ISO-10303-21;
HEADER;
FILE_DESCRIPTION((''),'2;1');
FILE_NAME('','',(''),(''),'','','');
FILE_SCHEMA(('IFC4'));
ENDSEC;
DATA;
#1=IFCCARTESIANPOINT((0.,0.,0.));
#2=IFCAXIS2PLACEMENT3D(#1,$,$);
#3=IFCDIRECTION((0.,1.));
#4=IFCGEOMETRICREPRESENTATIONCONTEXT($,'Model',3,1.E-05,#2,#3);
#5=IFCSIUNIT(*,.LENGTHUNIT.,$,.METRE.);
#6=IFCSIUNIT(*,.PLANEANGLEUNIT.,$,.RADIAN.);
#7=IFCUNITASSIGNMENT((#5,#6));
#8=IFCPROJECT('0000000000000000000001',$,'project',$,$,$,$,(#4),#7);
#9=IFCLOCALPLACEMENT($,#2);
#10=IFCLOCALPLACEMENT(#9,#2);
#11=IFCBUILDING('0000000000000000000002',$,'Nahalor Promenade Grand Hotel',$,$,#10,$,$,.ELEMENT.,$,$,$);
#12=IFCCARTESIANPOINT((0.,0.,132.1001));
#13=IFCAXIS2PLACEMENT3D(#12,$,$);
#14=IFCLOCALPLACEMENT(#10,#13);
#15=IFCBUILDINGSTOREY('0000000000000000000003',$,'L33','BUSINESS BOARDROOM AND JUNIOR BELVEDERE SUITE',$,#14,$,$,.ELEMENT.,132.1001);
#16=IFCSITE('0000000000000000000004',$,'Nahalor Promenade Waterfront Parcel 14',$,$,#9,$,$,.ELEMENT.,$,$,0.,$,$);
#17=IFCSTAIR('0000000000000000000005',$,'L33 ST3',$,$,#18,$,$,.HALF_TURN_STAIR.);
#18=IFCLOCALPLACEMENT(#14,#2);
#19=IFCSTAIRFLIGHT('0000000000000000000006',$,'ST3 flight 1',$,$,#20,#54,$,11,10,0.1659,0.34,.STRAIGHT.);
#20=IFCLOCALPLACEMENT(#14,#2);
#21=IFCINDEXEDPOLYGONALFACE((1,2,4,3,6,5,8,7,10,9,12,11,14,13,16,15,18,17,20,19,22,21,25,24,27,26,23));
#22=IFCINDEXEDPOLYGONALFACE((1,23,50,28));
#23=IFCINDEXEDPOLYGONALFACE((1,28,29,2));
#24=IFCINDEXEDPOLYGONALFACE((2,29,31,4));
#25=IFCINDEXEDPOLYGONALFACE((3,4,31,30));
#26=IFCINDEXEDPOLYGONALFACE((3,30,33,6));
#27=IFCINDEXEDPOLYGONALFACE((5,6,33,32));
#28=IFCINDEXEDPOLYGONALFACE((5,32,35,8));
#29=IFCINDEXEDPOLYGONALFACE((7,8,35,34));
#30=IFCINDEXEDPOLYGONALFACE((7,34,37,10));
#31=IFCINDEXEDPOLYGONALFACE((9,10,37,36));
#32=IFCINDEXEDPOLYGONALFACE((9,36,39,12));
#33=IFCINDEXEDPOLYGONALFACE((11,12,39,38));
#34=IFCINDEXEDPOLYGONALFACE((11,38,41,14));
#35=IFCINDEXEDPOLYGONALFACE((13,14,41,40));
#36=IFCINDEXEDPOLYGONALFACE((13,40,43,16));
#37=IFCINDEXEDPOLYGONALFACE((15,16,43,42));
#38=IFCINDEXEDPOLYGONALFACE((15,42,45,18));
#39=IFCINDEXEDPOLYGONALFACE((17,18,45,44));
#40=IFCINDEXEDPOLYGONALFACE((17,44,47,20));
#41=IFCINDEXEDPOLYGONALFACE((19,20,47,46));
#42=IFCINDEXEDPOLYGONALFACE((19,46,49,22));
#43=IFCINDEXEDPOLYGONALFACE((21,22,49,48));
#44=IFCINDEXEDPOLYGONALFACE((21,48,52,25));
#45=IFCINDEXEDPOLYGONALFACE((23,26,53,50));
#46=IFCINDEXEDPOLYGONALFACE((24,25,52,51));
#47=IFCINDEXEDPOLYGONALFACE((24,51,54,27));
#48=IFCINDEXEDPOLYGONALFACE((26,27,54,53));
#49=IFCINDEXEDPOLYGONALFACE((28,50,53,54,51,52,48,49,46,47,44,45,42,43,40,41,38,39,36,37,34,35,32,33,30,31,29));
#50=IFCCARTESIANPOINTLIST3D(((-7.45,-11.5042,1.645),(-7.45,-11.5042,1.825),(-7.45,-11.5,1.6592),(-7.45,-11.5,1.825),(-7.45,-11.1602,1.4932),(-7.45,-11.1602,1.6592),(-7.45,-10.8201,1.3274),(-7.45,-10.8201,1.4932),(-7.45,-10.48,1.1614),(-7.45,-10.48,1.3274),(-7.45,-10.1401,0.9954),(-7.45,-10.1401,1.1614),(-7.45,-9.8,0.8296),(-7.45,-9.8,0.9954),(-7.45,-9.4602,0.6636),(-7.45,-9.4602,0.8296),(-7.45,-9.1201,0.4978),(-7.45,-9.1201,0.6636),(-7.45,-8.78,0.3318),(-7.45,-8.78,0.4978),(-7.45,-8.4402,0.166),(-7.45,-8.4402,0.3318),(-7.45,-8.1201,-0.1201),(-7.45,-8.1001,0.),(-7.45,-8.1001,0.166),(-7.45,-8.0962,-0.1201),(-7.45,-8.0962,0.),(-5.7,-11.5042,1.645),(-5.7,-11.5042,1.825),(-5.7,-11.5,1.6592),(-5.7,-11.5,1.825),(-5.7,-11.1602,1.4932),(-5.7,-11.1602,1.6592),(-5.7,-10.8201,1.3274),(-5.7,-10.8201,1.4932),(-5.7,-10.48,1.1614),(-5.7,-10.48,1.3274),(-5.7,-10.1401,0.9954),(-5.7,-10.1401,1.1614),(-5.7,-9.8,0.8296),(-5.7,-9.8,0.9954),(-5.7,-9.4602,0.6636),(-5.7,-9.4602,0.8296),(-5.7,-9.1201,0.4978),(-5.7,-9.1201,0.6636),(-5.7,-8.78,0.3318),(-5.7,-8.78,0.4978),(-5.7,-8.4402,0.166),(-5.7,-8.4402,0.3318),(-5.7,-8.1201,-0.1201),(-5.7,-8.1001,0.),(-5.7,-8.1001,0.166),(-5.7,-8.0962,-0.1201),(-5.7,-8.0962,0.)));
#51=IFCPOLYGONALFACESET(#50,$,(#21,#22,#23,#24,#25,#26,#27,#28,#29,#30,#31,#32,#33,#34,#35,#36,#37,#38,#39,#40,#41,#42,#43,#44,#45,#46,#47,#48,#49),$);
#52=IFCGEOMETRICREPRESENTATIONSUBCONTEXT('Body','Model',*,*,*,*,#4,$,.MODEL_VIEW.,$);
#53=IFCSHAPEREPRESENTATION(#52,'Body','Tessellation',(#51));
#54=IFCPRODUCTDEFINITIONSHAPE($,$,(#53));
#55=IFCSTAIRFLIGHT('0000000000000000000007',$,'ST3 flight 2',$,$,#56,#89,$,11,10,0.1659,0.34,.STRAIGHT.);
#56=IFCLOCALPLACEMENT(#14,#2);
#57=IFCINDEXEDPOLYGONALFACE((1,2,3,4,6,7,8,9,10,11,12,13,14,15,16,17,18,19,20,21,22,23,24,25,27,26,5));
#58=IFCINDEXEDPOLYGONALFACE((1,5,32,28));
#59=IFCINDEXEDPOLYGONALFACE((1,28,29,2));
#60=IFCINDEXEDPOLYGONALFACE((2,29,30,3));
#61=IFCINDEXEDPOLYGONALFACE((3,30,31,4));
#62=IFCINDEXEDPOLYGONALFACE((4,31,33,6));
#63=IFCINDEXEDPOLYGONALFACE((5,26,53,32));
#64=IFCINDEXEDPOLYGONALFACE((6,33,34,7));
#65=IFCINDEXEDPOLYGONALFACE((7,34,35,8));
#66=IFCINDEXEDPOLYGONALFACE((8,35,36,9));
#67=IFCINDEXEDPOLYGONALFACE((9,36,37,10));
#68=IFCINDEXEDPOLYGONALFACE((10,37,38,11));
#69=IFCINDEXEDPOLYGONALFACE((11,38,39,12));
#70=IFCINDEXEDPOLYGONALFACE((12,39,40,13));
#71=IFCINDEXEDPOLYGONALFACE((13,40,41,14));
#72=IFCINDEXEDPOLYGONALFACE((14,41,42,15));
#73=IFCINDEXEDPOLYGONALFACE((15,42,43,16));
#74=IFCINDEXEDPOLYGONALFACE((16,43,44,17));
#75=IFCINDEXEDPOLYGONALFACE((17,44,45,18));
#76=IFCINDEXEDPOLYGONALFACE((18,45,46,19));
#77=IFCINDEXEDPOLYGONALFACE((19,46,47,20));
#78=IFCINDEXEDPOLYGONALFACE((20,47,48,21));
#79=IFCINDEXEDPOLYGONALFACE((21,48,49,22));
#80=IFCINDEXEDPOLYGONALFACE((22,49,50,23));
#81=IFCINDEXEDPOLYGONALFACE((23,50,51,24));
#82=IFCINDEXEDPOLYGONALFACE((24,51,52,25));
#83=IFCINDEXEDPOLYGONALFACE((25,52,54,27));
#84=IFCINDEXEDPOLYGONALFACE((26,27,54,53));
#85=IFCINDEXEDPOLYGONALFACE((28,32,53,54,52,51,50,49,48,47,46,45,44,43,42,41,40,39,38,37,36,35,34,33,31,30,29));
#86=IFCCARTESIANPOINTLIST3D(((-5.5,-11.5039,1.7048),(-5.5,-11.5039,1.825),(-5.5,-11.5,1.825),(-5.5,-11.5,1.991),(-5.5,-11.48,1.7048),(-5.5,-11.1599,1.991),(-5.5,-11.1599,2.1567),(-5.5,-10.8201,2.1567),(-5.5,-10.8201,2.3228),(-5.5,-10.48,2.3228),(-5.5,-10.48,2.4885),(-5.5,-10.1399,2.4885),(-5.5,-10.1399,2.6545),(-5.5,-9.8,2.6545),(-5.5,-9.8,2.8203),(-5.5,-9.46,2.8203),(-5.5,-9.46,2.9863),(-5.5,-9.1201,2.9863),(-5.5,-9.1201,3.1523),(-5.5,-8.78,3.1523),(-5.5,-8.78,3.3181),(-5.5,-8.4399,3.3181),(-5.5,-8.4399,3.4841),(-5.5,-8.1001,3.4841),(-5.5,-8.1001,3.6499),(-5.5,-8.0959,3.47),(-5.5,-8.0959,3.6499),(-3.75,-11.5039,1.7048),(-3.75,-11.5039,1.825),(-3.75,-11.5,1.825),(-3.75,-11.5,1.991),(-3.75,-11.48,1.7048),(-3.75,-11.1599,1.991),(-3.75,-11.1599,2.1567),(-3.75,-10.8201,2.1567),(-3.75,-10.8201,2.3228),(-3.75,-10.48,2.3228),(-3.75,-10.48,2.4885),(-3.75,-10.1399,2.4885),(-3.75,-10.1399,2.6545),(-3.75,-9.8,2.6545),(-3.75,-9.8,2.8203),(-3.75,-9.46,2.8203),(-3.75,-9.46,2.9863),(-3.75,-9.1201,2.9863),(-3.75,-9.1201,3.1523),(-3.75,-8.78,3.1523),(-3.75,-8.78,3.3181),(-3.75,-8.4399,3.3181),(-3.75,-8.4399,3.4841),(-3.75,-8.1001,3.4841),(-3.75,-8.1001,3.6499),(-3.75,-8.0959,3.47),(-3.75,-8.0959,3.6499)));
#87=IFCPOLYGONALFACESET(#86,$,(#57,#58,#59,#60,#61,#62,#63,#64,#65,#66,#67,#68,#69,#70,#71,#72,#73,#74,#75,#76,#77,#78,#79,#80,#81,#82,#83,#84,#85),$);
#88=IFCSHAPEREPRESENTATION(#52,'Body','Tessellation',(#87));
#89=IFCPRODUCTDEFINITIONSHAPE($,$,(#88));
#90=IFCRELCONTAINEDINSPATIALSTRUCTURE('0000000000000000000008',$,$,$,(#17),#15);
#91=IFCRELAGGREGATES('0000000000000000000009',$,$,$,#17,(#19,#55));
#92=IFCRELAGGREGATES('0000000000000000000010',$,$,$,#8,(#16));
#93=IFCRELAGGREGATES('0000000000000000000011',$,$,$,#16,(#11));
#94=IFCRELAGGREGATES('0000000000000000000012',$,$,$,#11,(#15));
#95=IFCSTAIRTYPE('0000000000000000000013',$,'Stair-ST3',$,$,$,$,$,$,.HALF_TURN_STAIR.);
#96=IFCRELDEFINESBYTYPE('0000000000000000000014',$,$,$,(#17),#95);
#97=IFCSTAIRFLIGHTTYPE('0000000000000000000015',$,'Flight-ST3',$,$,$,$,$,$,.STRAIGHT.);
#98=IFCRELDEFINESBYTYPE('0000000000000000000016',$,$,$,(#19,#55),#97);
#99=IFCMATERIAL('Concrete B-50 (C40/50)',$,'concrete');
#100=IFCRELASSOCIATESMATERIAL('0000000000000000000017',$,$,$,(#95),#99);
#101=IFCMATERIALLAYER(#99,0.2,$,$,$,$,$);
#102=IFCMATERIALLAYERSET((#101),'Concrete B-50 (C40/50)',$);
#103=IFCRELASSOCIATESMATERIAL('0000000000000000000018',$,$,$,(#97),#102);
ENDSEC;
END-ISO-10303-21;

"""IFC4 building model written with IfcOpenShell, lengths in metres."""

from ifc_helpers import new_model, si_unit, direction, frame, origin, place, context, subcontext, project, spatial, polyline, outline, extrude, source, transform, mapped, material, layer, layer_set, type_object, element, aggregate, save


model = new_model("IFC4")

# Units and contexts
model_context = context("Model", 3, precision=1e-05, world=origin(), true_north=direction((0.0, 1.0)))
body_context = subcontext(model_context, "Body", "Model", "MODEL_VIEW")
ifc_project = project(units=[si_unit("LENGTHUNIT", "METRE"), si_unit("PLANEANGLEUNIT", "RADIAN")], contexts=[model_context])

# Site, building, storey
site_placement = place(None, origin())
site = spatial("IfcSite", under=ifc_project, at=site_placement, Name="Nahalor Promenade Waterfront Parcel 14", CompositionType="ELEMENT", RefElevation=0.0)
building_placement = place(site_placement, origin())
building = spatial("IfcBuilding", under=site, at=building_placement, Name="Nahalor Promenade Grand Hotel", CompositionType="ELEMENT")
storey_placement = place(building_placement, frame((0.0, 0.0, 132.1001)))
storey = spatial("IfcBuildingStorey", under=building, at=storey_placement, Name="L33", Description="BUSINESS BOARDROOM AND JUNIOR BELVEDERE SUITE", CompositionType="ELEMENT", Elevation=132.1001)

# Shared definitions
ifc_material_1 = material(Name="Concrete B-50 (C40/50)", Category="concrete")

# Stair, stair flights
stair_type = type_object("IfcStairType", Name="Stair-ST3", PredefinedType="HALF_TURN_STAIR", material=ifc_material_1)
stair_placement = place(storey_placement, origin())
stair = element("IfcStair", 1, at=stair_placement, inside=storey, type_object=stair_type, Name="L33 ST3", PredefinedType="HALF_TURN_STAIR")
ifc_layer_1 = layer(ifc_material_1, 0.2)
ifc_layer_set_1 = layer_set([ifc_layer_1], Name="Concrete B-50 (C40/50)")
stair_flight_type = type_object("IfcStairFlightType", Name="Flight-ST3", PredefinedType="STRAIGHT", material=ifc_layer_set_1)
shared_shape_1 = source(origin(), body_context, "Body", "SweptSolid", [
    extrude(outline(polyline([(-0.0039, -0.1201), (-0.0039, 0.0), (0.0, 0.0), (0.0, 0.166), (0.3401, 0.166), (0.3401, 0.3318), (0.6799, 0.3318), (0.6799, 0.4978), (1.02, 0.4978), (1.02, 0.6636), (1.3601, 0.6636), (1.3601, 0.8296), (1.7, 0.8296), (1.7, 0.9954), (2.04, 0.9954), (2.04, 1.1614), (2.3799, 1.1614), (2.3799, 1.3274), (2.72, 1.3274), (2.72, 1.4932), (3.0601, 1.4932), (3.0601, 1.6592), (3.3999, 1.6592), (3.3999, 1.825), (3.4041, 1.825), (3.4041, 1.645), (0.02, -0.1201), (-0.0039, -0.1201)])), frame((0.0, 0.875, 0.0), z_axis=(0.0, -1.0, 0.0), x_axis=(1.0, 0.0, 0.0)), (0.0, 0.0, 1.0), 1.75),
])
stair_flight_1_placement = place(storey_placement, frame((-6.575, -8.1001, 0.0), z_axis=(0.0, 0.0, 1.0), x_axis=(0.0, -1.0, 0.0)))
stair_flight_1 = element("IfcStairFlight", 2, at=stair_flight_1_placement, type_object=stair_flight_type, Name="ST3 flight 1", NumberOfRisers=11, NumberOfTreads=10, PredefinedType="STRAIGHT", RiserHeight=0.1659, TreadLength=0.34, context=body_context, shape_type="MappedRepresentation", body=[
    mapped(shared_shape_1, transform((0.0, 0.0, 0.0), scale=1.0)),
])
stair_flight_2_placement = place(storey_placement, frame((-4.625, -11.5, 1.825), z_axis=(0.0, 0.0, 1.0), x_axis=(0.0, 1.0, 0.0)))
stair_flight_2 = element("IfcStairFlight", 3, at=stair_flight_2_placement, type_object=stair_flight_type, Name="ST3 flight 2", NumberOfRisers=11, NumberOfTreads=10, PredefinedType="STRAIGHT", RiserHeight=0.1659, TreadLength=0.34, context=body_context, shape_type="MappedRepresentation", body=[
    mapped(shared_shape_1, transform((0.0, 0.0, 0.0), scale=1.0)),
])
aggregate(stair, [stair_flight_1, stair_flight_2])

save(model, "model.ifc")
